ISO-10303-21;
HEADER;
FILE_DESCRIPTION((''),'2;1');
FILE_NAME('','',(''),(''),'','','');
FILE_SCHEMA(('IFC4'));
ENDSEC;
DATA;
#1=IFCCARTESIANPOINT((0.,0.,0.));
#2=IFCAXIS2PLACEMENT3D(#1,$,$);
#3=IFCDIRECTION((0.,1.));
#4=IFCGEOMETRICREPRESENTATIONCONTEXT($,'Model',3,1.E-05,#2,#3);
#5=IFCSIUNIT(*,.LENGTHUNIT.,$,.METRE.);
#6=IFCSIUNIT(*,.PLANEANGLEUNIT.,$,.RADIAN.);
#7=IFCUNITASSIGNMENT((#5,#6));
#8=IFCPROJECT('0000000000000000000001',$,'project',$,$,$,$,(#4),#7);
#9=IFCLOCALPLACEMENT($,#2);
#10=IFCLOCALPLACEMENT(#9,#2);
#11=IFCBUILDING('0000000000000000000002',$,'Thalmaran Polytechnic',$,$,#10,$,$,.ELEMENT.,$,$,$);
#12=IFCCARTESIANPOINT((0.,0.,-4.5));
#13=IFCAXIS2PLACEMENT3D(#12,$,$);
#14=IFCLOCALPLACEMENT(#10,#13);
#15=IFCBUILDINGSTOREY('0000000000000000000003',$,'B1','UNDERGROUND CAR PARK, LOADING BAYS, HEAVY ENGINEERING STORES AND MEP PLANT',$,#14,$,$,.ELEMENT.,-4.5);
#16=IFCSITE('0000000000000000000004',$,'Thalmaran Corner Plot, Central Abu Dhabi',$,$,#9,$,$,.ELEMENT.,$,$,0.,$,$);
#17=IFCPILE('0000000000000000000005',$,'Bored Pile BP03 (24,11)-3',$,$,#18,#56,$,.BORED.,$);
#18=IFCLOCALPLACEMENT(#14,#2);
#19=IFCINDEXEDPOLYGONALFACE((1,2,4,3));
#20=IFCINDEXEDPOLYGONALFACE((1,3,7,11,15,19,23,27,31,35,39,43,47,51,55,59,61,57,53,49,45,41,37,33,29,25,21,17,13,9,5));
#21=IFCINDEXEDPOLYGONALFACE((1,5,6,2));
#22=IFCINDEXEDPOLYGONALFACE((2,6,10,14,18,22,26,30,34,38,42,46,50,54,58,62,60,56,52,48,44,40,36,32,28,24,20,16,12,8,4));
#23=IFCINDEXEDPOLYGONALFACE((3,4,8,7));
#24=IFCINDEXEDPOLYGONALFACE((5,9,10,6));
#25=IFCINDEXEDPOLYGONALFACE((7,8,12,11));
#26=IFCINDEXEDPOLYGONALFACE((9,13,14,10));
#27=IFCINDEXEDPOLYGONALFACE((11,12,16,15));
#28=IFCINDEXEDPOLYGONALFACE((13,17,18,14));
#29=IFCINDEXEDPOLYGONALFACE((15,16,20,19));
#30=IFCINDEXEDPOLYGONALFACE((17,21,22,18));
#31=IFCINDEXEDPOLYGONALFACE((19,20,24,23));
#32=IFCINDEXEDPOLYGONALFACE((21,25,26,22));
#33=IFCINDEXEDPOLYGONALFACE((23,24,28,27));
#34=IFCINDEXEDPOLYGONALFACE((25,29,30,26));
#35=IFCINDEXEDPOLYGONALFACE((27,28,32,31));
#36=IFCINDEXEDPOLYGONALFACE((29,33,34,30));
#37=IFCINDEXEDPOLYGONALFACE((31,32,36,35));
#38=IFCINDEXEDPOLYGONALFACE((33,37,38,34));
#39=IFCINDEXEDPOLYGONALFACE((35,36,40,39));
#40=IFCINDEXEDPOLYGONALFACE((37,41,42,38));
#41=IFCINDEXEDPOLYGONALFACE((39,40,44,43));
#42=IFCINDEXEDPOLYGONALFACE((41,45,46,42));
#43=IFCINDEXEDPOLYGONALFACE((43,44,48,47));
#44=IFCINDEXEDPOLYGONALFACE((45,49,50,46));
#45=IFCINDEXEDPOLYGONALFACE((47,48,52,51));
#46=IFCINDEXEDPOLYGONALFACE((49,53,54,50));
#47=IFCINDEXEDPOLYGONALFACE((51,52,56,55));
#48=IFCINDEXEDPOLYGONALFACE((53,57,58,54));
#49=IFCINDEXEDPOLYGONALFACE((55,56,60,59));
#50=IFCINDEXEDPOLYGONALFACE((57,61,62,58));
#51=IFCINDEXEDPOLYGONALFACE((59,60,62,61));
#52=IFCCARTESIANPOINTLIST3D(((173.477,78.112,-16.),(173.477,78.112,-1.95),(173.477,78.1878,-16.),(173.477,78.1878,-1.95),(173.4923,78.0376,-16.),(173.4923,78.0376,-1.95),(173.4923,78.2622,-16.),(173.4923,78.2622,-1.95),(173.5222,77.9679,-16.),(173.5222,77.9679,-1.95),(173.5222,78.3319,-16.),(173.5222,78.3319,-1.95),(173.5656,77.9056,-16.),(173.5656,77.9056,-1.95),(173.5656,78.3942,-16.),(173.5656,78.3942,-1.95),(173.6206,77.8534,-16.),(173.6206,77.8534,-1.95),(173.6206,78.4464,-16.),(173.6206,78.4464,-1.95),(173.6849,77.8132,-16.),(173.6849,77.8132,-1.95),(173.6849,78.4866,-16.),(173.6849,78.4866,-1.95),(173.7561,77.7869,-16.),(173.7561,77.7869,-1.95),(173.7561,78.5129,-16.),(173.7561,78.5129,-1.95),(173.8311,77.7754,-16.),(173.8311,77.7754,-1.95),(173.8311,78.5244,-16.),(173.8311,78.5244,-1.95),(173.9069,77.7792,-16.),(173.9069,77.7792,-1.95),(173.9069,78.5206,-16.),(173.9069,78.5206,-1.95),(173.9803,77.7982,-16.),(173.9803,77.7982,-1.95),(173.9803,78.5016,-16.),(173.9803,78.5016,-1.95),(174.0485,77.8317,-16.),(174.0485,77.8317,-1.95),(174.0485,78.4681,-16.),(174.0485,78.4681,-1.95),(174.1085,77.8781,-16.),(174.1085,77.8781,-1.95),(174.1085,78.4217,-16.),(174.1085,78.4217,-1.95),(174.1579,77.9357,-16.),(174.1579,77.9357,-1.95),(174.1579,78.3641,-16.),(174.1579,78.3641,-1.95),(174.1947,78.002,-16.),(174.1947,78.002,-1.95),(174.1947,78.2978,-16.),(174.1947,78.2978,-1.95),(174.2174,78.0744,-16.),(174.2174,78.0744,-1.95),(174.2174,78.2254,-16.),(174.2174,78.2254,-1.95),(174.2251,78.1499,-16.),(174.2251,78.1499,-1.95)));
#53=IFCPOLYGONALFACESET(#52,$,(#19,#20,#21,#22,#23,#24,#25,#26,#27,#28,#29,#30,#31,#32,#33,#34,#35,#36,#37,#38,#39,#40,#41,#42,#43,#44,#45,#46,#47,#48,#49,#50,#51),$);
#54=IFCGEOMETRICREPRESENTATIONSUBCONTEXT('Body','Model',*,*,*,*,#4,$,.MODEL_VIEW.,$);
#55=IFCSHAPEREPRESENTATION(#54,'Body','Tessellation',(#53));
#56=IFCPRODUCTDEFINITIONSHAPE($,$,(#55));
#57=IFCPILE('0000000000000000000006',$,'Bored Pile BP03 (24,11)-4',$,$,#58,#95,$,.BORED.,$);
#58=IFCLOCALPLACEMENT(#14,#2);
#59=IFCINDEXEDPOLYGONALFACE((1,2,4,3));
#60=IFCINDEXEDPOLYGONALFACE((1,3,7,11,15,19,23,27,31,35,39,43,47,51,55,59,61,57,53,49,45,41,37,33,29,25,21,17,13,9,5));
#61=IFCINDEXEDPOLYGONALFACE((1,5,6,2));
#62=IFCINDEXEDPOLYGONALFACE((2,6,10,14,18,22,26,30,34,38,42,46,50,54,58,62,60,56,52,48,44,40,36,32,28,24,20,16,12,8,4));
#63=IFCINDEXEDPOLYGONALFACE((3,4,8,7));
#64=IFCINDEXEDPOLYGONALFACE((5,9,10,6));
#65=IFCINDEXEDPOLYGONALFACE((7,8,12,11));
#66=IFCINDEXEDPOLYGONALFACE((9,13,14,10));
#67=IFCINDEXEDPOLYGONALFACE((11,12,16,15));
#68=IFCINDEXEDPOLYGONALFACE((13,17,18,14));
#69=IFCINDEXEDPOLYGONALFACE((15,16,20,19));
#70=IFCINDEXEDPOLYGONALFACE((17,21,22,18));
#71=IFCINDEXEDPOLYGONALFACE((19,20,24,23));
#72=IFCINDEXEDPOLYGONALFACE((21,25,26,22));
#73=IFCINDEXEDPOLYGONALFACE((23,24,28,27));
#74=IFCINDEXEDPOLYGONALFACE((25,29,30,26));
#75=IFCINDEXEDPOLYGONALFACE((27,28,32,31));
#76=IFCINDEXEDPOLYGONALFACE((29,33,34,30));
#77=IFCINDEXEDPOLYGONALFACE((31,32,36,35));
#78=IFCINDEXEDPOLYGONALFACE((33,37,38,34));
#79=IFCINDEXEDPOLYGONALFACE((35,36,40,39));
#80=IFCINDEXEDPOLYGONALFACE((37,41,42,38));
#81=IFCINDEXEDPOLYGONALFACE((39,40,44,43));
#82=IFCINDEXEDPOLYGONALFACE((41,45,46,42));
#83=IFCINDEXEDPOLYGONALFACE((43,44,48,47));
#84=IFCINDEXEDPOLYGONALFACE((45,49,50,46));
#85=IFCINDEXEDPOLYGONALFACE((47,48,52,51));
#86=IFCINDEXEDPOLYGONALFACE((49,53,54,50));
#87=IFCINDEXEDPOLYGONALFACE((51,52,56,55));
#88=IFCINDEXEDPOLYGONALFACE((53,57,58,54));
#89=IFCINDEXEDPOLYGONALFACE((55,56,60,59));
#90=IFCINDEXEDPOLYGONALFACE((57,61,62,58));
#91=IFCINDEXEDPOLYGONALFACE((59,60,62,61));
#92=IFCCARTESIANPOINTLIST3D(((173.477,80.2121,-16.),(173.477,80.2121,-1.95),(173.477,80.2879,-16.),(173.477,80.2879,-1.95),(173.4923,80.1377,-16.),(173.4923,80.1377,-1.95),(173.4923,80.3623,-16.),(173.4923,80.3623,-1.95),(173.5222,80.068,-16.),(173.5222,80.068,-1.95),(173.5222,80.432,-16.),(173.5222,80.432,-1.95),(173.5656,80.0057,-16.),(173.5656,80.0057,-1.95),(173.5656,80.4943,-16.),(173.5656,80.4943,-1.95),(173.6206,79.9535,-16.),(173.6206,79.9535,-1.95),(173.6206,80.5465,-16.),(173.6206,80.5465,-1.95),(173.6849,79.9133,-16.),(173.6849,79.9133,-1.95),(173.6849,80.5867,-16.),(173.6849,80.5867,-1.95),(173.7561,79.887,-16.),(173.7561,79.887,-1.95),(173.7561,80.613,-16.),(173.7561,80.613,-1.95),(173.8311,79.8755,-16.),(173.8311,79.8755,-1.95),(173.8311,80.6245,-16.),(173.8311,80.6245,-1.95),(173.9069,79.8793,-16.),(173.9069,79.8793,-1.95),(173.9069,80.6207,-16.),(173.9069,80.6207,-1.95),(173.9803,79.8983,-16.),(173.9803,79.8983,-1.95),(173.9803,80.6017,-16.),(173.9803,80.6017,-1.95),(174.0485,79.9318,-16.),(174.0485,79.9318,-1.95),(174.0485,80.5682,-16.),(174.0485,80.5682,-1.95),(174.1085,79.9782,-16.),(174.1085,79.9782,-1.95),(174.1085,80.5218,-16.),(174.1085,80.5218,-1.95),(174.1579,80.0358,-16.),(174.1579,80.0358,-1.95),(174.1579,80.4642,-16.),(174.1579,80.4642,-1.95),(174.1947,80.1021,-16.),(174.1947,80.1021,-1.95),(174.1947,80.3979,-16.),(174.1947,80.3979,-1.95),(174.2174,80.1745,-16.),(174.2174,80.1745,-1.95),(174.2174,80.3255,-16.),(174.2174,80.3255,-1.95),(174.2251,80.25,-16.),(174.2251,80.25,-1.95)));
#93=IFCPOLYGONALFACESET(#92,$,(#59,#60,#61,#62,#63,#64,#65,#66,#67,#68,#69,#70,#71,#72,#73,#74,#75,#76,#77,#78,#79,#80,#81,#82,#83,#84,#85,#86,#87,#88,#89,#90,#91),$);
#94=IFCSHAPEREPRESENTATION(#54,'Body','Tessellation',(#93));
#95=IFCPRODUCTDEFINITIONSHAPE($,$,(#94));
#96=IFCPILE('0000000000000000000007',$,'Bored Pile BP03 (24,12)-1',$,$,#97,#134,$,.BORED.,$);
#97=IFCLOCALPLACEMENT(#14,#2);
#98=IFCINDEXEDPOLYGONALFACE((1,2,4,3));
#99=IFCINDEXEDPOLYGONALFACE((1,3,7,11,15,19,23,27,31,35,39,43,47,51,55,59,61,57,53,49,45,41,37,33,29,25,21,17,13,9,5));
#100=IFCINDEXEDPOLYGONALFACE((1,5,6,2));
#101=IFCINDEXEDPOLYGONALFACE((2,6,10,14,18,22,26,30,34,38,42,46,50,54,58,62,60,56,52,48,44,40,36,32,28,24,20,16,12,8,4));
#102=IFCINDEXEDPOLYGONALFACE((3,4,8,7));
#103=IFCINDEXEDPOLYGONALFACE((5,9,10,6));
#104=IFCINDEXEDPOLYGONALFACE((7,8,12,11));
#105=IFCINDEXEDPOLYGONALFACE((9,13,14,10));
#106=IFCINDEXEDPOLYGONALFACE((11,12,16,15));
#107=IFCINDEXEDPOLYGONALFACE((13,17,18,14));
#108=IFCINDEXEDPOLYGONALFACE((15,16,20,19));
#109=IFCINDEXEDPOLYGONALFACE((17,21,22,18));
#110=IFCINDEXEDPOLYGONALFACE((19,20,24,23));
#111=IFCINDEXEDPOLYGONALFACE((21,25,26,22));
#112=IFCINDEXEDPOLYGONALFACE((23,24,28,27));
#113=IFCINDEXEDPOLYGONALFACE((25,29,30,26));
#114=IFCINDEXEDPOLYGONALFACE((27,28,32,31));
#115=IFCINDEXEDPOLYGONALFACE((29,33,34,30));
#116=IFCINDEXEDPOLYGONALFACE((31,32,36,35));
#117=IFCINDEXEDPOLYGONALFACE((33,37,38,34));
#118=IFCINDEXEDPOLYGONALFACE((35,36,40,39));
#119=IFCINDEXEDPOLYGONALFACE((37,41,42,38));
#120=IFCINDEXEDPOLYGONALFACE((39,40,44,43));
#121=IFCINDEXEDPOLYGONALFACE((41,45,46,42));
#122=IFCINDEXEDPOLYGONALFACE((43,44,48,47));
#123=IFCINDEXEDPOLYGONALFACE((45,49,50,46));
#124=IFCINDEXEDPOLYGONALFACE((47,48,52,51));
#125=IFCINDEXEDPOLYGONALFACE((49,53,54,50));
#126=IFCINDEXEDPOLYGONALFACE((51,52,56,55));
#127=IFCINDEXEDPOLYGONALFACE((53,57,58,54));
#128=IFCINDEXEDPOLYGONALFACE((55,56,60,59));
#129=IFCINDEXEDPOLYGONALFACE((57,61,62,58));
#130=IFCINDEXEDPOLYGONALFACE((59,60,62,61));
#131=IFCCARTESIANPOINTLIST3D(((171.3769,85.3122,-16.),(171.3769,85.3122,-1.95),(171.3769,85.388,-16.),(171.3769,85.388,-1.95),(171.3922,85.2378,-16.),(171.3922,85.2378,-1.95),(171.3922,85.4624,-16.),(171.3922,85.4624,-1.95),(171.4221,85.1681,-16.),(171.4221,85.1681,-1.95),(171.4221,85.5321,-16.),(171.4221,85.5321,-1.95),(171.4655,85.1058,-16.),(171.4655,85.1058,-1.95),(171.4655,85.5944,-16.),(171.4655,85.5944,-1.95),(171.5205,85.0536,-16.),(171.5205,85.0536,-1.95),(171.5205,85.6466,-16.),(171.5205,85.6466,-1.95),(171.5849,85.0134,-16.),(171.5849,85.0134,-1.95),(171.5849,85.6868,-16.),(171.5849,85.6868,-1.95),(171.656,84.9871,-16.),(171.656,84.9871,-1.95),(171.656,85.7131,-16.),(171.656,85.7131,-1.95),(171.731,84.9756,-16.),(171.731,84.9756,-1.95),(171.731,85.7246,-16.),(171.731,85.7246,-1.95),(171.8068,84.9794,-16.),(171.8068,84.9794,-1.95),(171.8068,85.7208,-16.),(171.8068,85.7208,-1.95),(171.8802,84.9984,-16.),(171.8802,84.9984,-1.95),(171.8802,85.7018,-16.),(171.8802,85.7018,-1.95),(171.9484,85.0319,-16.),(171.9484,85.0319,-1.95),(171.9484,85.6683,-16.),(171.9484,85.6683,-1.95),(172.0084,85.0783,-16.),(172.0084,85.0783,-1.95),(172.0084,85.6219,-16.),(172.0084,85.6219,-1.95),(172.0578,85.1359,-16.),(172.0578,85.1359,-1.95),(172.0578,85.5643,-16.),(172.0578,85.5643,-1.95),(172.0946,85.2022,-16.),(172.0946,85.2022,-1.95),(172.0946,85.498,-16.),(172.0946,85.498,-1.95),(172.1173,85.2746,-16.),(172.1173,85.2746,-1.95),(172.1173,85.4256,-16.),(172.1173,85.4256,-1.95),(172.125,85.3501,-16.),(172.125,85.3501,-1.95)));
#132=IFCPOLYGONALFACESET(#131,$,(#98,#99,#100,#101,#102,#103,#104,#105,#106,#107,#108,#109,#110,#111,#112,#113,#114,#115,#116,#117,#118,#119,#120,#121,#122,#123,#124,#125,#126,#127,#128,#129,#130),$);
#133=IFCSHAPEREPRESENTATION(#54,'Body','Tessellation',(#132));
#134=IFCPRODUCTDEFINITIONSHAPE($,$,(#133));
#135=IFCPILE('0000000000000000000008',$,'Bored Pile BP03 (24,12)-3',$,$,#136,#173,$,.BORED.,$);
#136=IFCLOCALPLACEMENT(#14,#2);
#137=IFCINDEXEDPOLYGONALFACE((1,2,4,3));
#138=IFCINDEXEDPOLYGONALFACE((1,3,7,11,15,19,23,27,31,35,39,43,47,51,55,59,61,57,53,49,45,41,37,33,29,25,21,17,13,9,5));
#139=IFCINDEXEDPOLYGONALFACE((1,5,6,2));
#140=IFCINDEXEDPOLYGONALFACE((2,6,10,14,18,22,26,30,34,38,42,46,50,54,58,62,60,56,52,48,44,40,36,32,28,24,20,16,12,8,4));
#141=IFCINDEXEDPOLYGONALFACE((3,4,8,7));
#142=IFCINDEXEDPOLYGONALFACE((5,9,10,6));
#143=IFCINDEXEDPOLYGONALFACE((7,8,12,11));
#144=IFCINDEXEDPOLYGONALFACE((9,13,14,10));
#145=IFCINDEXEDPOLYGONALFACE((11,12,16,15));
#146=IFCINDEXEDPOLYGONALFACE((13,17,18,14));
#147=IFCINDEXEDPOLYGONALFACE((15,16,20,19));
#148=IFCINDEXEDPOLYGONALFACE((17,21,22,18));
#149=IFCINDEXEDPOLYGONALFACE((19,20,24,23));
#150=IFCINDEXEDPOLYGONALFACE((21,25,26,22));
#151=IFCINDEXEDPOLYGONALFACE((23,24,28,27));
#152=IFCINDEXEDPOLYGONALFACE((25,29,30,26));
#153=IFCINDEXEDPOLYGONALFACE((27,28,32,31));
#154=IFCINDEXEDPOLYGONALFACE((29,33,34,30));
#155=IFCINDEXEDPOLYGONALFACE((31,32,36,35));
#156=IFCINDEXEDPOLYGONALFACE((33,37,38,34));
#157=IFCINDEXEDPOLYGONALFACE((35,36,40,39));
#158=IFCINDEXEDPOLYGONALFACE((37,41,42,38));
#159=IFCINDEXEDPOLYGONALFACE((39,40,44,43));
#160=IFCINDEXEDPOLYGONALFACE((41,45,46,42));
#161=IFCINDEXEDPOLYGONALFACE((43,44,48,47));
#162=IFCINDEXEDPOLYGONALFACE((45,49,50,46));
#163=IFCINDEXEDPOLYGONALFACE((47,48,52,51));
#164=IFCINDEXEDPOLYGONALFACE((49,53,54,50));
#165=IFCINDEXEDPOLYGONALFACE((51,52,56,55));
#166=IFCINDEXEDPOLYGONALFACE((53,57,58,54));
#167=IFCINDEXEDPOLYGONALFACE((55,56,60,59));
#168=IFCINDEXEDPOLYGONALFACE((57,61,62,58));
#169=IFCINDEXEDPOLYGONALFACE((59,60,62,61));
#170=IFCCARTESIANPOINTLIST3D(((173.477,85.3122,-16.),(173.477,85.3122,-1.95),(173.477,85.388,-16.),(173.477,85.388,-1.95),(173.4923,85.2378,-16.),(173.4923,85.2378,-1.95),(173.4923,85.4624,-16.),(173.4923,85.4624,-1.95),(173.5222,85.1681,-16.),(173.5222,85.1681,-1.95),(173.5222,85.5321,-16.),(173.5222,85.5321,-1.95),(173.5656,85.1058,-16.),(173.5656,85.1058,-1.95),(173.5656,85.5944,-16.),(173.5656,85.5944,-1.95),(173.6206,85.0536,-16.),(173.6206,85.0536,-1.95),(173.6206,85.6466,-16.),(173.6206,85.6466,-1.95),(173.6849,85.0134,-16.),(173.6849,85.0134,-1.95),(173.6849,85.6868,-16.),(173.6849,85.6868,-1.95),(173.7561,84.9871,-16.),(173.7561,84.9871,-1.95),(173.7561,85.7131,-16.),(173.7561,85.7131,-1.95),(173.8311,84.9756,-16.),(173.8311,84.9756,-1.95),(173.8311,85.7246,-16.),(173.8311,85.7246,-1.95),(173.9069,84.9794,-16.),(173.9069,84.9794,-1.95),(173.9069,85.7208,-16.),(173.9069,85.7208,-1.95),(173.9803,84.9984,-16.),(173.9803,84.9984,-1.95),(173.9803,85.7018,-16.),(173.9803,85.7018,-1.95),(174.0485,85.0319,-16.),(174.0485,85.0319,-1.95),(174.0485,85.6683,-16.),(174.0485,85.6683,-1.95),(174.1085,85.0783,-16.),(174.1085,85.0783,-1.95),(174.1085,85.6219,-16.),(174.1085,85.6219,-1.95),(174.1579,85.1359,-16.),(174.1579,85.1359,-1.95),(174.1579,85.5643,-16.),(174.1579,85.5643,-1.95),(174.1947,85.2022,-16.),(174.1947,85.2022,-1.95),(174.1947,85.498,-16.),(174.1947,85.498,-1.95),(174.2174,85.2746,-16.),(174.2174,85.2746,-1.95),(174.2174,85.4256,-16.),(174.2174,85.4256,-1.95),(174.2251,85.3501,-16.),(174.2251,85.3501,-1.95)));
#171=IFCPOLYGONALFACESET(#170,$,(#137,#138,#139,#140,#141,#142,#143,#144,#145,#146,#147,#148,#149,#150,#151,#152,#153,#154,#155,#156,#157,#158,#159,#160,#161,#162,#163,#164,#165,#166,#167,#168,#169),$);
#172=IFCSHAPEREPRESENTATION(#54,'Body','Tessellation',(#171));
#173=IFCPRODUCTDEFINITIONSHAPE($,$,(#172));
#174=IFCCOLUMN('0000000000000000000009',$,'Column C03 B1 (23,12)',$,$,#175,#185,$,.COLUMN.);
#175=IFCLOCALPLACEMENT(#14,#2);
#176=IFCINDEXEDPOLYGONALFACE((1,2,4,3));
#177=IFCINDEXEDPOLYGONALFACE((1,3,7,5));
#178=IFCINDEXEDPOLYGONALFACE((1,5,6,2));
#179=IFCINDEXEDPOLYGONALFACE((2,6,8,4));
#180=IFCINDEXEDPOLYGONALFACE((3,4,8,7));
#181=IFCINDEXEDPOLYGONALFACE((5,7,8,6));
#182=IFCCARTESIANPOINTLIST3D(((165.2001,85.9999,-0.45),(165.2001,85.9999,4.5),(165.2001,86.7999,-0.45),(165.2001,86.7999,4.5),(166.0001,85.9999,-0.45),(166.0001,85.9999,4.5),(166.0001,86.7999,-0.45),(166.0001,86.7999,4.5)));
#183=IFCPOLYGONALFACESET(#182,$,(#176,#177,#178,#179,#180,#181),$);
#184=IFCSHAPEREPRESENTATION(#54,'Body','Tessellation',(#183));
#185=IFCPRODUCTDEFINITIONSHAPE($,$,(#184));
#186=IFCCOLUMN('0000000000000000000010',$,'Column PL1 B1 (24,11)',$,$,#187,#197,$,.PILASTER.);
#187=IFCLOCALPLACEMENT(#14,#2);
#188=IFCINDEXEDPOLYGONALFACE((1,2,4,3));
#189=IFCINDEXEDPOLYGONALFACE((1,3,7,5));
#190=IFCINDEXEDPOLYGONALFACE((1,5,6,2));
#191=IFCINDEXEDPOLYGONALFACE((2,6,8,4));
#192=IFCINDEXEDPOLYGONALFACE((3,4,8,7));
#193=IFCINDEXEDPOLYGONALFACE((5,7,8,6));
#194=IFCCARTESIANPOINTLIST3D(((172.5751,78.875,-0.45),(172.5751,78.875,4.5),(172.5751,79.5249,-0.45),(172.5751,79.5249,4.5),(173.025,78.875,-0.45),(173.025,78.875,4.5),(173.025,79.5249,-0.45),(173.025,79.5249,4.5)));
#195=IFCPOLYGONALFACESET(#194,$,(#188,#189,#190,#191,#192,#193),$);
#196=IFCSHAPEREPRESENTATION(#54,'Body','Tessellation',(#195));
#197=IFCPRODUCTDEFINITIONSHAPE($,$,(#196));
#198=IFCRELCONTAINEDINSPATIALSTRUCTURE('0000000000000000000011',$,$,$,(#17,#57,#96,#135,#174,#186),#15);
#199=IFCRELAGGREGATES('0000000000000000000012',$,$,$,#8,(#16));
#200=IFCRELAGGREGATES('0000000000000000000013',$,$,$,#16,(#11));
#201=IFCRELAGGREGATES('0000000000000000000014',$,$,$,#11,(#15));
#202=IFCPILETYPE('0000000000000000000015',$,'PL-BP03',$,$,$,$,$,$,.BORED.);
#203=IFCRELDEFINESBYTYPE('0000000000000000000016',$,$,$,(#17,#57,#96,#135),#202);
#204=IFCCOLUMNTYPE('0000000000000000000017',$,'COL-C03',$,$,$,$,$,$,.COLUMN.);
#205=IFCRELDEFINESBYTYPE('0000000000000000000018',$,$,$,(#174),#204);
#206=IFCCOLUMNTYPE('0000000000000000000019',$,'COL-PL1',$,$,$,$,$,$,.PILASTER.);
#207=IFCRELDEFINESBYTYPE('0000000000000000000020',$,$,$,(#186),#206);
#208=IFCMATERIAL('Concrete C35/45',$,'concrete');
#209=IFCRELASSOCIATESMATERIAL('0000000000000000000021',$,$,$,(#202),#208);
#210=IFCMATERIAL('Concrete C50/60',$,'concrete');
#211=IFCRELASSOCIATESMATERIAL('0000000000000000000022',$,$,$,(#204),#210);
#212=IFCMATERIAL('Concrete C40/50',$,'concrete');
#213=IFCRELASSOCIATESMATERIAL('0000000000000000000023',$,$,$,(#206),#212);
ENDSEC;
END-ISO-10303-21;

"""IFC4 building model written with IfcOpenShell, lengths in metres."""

from ifc_helpers import new_model, si_unit, direction, frame, origin, origin_2d, place, context, subcontext, project, spatial, rectangle, circle, extrude, material, material_profile, profile_set, type_object, element, save


model = new_model("IFC4")

# Units and contexts
model_context = context("Model", 3, precision=1e-05, world=origin(), true_north=direction((0.0, 1.0)))
body_context = subcontext(model_context, "Body", "Model", "MODEL_VIEW")
ifc_project = project(units=[si_unit("LENGTHUNIT", "METRE"), si_unit("PLANEANGLEUNIT", "RADIAN")], contexts=[model_context])

# Site, building, storey
site_placement = place(None, origin())
site = spatial("IfcSite", under=ifc_project, at=site_placement, Name="Thalmaran Corner Plot, Central Abu Dhabi", CompositionType="ELEMENT", RefElevation=0.0)
building_placement = place(site_placement, origin())
building = spatial("IfcBuilding", under=site, at=building_placement, Name="Thalmaran Polytechnic", CompositionType="ELEMENT")
storey_placement = place(building_placement, frame((0.0, 0.0, -4.5)))
storey = spatial("IfcBuildingStorey", under=building, at=storey_placement, Name="B1", Description="UNDERGROUND CAR PARK, LOADING BAYS, HEAVY ENGINEERING STORES AND MEP PLANT", CompositionType="ELEMENT", Elevation=-4.5)

# Shared definitions
ifc_material_1 = material(Name="Concrete C40/50", Category="concrete")

# Piles
ifc_material_2 = material(Name="Concrete C35/45", Category="concrete")
ifc_material_profile_1 = material_profile(ifc_material_2, circle(Radius=0.375, at=origin_2d()), Name="RC 750 DIA")
ifc_profile_set_1 = profile_set([ifc_material_profile_1], Name="Concrete C35/45")
pile_type = type_object("IfcPileType", Name="PL-BP03", PredefinedType="BORED", material=ifc_profile_set_1)
for number, where, z_axis, x_axis, name in (
    (1, (173.8501, 78.1499, -1.95), (0.0, 0.0, -1.0), (1.0, 0.0, 0.0), "Bored Pile BP03 (24,11)-3"),
    (2, (173.8501, 80.25, -1.95), (0.0, 0.0, -1.0), (1.0, 0.0, 0.0), "Bored Pile BP03 (24,11)-4"),
    (3, (171.75, 85.3501, -1.95), (0.0, 0.0, -1.0), (1.0, 0.0, 0.0), "Bored Pile BP03 (24,12)-1"),
    (4, (173.8501, 85.3501, -1.95), (0.0, 0.0, -1.0), (1.0, 0.0, 0.0), "Bored Pile BP03 (24,12)-3"),
):
    element("IfcPile", number, at=place(storey_placement, frame(where, z_axis=z_axis, x_axis=x_axis)), inside=storey, type_object=pile_type, Name=name, PredefinedType="BORED", context=body_context, shape_type="SweptSolid", body=[
        extrude(circle(Radius=0.375, at=origin_2d()), origin(), (0.0, 0.0, 1.0), 14.05),
    ])

# Columns
ifc_material_3 = material(Name="Concrete C50/60", Category="concrete")
ifc_material_profile_2 = material_profile(ifc_material_3, rectangle(XDim=0.8, YDim=0.8, at=origin_2d()), Name="RC 800x800")
ifc_profile_set_2 = profile_set([ifc_material_profile_2], Name="Concrete C50/60")
column_type_1 = type_object("IfcColumnType", Name="COL-C03", PredefinedType="COLUMN", material=ifc_profile_set_2)
column_1_placement = place(storey_placement, frame((165.6001, 86.3999, -0.45), z_axis=(0.0, 0.0, 1.0), x_axis=(1.0, 0.0, 0.0)))
element("IfcColumn", 5, at=column_1_placement, inside=storey, type_object=column_type_1, Name="Column C03 B1 (23,12)", PredefinedType="COLUMN", context=body_context, shape_type="SweptSolid", body=[
    extrude(rectangle(XDim=0.8, YDim=0.8, at=origin_2d()), origin(), (0.0, 0.0, 1.0), 4.95),
])
ifc_material_profile_3 = material_profile(ifc_material_1, rectangle(XDim=0.45, YDim=0.6499, at=origin_2d()), Name="RC 450x650")
ifc_profile_set_3 = profile_set([ifc_material_profile_3], Name="Concrete C40/50")
column_type_2 = type_object("IfcColumnType", Name="COL-PL1", PredefinedType="PILASTER", material=ifc_profile_set_3)
column_2_placement = place(storey_placement, frame((172.8, 79.2, -0.45), z_axis=(0.0, 0.0, 1.0), x_axis=(1.0, 0.0, 0.0)))
element("IfcColumn", 6, at=column_2_placement, inside=storey, type_object=column_type_2, Name="Column PL1 B1 (24,11)", PredefinedType="PILASTER", context=body_context, shape_type="SweptSolid", body=[
    extrude(rectangle(XDim=0.45, YDim=0.6499, at=origin_2d()), origin(), (0.0, 0.0, 1.0), 4.95),
])

save(model, "model.ifc")
